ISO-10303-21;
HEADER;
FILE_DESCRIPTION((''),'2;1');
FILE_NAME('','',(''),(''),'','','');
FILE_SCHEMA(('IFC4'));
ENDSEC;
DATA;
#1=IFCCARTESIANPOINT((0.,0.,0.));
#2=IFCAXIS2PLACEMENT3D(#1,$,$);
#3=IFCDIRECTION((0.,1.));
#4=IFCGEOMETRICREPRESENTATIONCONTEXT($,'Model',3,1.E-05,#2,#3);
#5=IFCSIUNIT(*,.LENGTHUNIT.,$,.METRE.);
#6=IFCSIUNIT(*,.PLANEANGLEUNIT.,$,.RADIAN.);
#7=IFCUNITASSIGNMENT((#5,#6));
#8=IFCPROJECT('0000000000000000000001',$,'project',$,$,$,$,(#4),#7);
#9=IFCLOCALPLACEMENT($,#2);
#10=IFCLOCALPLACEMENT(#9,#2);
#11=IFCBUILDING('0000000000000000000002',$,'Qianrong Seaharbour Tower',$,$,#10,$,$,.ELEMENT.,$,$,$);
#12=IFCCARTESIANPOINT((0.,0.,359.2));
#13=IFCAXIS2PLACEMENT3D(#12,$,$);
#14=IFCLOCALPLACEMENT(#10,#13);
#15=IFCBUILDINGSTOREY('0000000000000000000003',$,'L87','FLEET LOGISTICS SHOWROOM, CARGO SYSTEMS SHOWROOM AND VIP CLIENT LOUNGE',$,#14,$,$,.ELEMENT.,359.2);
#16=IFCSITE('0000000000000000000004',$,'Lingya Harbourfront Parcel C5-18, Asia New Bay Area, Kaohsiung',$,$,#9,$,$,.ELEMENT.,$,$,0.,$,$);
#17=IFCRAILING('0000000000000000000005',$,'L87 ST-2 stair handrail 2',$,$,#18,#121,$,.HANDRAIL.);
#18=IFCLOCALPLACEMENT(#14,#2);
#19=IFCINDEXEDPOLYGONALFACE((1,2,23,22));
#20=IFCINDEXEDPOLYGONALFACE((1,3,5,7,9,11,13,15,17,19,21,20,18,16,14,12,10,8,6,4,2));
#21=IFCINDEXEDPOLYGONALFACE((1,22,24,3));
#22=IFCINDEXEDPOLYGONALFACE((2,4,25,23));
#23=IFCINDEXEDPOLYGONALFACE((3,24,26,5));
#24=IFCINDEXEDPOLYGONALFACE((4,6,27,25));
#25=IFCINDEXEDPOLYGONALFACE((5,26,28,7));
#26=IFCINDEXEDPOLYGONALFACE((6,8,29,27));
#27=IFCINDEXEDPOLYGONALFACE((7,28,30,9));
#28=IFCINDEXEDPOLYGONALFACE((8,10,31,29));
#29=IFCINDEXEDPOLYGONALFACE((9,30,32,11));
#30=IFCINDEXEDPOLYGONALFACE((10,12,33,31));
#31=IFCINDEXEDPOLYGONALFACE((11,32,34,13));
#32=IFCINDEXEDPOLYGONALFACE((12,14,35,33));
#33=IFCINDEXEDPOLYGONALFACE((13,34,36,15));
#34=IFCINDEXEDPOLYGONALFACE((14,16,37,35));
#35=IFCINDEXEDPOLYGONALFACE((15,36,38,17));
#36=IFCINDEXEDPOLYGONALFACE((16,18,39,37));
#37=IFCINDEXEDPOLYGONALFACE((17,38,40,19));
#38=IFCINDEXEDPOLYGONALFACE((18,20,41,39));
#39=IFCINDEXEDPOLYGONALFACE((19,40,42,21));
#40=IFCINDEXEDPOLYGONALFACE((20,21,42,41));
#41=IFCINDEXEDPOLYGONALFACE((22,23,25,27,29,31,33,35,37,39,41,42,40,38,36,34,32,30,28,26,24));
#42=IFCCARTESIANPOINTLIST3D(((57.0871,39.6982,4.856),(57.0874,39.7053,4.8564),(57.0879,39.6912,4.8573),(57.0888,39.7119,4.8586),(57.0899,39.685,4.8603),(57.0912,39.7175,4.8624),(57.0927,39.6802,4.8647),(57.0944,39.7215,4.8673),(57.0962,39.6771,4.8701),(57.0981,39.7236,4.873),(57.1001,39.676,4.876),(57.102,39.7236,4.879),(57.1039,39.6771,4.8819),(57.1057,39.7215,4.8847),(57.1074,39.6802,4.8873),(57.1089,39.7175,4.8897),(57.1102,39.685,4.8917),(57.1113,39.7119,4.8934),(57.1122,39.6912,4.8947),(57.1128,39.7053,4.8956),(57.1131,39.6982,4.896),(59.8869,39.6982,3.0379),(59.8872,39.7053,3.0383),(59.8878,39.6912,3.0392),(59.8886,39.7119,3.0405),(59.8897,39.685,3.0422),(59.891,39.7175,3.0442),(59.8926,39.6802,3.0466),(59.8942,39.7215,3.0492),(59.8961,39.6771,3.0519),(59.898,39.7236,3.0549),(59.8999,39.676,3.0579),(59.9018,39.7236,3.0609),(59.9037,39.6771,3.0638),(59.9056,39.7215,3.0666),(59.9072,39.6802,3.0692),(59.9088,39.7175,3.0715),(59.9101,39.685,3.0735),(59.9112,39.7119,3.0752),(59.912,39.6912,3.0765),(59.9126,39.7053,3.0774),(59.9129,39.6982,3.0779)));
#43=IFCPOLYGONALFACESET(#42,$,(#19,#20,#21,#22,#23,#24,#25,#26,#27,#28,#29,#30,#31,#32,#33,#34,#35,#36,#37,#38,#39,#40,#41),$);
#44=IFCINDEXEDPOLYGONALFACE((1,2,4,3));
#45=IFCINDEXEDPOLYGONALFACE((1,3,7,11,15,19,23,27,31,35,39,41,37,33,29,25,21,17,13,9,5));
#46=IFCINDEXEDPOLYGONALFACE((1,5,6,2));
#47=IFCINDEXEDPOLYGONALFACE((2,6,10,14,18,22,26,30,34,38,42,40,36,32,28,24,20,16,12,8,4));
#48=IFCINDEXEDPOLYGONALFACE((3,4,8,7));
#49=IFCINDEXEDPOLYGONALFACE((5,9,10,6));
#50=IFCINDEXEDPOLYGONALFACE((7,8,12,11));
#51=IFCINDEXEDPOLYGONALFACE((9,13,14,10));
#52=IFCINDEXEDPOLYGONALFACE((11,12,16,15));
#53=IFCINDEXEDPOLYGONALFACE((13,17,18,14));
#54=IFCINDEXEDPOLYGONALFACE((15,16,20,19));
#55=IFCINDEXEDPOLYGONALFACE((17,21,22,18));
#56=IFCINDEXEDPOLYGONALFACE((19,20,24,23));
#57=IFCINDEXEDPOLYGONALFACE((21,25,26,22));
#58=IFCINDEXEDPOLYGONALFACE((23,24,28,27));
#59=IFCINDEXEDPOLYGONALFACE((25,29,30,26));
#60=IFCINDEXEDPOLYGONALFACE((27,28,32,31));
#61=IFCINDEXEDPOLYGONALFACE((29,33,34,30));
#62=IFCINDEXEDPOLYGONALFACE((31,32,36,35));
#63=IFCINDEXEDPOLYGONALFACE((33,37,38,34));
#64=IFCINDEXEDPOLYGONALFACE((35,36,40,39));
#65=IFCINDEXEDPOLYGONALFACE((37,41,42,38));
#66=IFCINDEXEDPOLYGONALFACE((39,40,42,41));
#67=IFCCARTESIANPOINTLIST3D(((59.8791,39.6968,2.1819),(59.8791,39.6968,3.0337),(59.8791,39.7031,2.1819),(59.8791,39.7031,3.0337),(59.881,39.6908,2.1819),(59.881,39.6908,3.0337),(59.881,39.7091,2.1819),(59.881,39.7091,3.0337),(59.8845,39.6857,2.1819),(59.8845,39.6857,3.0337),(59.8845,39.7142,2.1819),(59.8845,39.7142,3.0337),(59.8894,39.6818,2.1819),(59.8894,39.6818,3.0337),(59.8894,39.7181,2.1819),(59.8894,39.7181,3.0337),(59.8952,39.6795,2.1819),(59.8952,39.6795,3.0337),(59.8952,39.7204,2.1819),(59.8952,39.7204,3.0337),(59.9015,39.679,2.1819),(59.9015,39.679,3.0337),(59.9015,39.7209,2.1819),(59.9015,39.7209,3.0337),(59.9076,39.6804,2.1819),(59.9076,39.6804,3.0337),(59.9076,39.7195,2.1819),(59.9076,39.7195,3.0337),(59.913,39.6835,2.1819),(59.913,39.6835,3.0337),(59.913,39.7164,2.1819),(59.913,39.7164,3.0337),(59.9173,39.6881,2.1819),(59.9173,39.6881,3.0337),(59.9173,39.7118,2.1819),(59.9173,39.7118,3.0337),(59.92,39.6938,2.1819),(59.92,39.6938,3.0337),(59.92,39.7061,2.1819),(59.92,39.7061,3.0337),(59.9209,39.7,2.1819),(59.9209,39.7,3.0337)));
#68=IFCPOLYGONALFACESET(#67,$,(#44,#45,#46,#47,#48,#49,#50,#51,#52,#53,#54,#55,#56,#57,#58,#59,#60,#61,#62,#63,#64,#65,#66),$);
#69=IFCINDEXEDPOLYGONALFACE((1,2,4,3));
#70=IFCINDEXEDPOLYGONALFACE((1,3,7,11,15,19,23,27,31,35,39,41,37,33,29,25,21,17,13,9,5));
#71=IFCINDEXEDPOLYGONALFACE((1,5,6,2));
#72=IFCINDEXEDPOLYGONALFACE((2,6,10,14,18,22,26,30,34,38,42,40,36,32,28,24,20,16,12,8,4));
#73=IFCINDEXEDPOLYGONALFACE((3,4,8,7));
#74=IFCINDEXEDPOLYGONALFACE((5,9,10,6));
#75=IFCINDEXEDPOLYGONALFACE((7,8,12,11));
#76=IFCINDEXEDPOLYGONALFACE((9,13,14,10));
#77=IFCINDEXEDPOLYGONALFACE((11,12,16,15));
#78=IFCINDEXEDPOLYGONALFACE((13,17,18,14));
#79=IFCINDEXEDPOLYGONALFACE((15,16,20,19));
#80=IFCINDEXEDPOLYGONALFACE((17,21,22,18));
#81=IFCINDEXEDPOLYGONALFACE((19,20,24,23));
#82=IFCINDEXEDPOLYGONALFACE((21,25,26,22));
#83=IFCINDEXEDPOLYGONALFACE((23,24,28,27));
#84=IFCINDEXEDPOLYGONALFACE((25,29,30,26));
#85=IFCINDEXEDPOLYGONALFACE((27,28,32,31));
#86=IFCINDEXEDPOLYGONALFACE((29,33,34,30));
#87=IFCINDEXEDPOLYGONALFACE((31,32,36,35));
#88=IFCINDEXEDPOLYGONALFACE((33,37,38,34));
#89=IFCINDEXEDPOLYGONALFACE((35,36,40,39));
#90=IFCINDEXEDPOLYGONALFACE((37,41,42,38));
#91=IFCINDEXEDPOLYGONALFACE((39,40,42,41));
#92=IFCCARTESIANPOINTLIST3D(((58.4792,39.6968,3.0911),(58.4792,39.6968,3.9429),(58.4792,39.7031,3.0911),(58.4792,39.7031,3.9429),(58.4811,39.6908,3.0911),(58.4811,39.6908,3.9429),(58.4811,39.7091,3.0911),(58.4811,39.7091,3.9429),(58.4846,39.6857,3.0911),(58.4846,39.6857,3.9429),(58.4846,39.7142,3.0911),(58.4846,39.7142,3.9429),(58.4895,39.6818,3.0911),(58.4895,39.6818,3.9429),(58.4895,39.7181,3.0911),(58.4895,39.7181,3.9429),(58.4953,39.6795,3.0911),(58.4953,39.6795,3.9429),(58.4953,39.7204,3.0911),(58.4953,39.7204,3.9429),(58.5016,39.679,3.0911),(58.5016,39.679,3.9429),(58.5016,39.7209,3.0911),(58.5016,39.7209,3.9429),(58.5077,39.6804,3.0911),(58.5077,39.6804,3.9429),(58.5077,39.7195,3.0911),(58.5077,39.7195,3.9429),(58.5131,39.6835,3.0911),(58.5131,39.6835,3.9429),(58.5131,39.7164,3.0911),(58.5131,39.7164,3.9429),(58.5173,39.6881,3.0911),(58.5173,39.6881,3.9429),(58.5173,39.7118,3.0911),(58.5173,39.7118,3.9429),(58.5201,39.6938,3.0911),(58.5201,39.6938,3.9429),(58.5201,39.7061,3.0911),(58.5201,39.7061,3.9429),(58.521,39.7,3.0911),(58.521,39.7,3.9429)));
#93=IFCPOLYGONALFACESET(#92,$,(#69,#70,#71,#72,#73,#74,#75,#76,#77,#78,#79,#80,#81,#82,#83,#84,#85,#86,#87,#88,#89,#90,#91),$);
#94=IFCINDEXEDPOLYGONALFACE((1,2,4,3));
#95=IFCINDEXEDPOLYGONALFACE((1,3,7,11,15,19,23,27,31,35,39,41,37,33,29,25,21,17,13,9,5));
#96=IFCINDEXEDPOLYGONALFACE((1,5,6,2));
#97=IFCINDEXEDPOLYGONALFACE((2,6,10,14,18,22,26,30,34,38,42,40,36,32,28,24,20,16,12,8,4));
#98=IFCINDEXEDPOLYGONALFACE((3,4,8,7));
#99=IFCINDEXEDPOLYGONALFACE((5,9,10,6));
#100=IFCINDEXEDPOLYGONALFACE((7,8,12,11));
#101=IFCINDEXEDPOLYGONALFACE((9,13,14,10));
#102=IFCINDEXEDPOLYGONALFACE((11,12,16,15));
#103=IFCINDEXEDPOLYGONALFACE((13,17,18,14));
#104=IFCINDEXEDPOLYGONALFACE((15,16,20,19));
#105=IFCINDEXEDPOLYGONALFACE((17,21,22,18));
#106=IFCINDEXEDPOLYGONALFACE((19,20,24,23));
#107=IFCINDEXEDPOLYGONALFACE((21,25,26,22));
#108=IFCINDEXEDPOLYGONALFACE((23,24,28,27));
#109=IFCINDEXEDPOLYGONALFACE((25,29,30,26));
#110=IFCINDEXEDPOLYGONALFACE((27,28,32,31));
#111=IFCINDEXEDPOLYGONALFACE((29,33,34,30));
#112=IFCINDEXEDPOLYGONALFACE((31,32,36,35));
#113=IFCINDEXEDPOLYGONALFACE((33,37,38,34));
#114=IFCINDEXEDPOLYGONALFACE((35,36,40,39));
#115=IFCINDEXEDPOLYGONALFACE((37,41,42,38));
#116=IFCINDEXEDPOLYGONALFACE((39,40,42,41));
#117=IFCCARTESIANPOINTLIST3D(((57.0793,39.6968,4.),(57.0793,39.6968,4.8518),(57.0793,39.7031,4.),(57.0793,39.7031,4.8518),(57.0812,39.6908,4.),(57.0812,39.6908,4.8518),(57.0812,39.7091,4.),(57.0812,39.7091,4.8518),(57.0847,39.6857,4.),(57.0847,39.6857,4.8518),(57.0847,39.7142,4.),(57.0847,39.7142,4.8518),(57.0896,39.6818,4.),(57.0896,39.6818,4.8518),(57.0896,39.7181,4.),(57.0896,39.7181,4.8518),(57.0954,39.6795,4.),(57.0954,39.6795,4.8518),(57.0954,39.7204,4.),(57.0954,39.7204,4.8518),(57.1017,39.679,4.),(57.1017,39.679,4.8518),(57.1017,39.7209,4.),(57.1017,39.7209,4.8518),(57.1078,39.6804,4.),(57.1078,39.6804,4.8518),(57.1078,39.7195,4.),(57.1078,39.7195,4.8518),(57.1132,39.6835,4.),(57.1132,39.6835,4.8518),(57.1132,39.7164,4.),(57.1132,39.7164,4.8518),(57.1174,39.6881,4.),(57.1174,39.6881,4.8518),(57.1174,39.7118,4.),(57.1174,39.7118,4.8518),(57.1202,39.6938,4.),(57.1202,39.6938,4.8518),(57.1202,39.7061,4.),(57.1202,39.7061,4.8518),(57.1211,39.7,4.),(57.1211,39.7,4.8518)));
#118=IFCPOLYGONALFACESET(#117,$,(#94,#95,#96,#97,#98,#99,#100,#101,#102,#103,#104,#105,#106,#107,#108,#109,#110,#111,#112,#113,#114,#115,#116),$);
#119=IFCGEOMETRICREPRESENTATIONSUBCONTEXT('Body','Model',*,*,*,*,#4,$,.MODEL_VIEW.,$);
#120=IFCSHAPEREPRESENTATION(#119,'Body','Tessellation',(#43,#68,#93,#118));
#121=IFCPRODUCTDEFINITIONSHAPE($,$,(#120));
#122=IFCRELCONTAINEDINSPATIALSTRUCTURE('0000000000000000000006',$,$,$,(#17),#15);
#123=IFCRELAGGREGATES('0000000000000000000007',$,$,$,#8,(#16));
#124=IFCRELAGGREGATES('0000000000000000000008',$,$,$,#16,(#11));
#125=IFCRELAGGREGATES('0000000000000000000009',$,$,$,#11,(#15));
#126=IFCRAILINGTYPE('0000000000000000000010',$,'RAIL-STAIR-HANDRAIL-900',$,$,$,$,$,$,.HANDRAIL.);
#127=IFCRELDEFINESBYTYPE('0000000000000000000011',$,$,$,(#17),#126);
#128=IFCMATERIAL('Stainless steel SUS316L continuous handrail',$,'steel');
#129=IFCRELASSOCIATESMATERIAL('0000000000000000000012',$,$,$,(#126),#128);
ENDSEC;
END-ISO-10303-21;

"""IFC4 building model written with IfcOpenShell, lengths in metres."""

from ifc_helpers import new_model, si_unit, direction, frame, origin, origin_2d, place, context, subcontext, project, spatial, circle, extrude, material, type_object, element, save


model = new_model("IFC4")

# Units and contexts
model_context = context("Model", 3, precision=1e-05, world=origin(), true_north=direction((0.0, 1.0)))
body_context = subcontext(model_context, "Body", "Model", "MODEL_VIEW")
ifc_project = project(units=[si_unit("LENGTHUNIT", "METRE"), si_unit("PLANEANGLEUNIT", "RADIAN")], contexts=[model_context])

# Site, building, storey
site_placement = place(None, origin())
site = spatial("IfcSite", under=ifc_project, at=site_placement, Name="Lingya Harbourfront Parcel C5-18, Asia New Bay Area, Kaohsiung", CompositionType="ELEMENT", RefElevation=0.0)
building_placement = place(site_placement, origin())
building = spatial("IfcBuilding", under=site, at=building_placement, Name="Qianrong Seaharbour Tower", CompositionType="ELEMENT")
storey_placement = place(building_placement, frame((0.0, 0.0, 359.2)))
storey = spatial("IfcBuildingStorey", under=building, at=storey_placement, Name="L87", Description="FLEET LOGISTICS SHOWROOM, CARGO SYSTEMS SHOWROOM AND VIP CLIENT LOUNGE", CompositionType="ELEMENT", Elevation=359.2)

# Railing
ifc_material_1 = material(Name="Stainless steel SUS316L continuous handrail", Category="steel")
railing_type_1 = type_object("IfcRailingType", Name="RAIL-STAIR-HANDRAIL-900", PredefinedType="HANDRAIL", material=ifc_material_1)
railing_1_placement = place(storey_placement, frame((59.8999, 39.7, 2.1819)))
element("IfcRailing", 1, at=railing_1_placement, inside=storey, type_object=railing_type_1, Name="L87 ST-2 stair handrail 2", PredefinedType="HANDRAIL", context=body_context, shape_type="SweptSolid", body=[
    extrude(circle(Radius=0.0239, at=origin_2d()), frame((0.0, 0.0, 0.876), z_axis=(-0.838684, 0.0, 0.544618), x_axis=(0.0, -1.0, 0.0)), (0.0, 0.0, 1.0), 3.3384),
    extrude(circle(Radius=0.021, at=origin_2d()), origin(), (0.0, 0.0, 1.0), 0.8518),
    extrude(circle(Radius=0.021, at=origin_2d()), frame((-1.3999, 0.0, 0.9092)), (0.0, 0.0, 1.0), 0.8518),
    extrude(circle(Radius=0.021, at=origin_2d()), frame((-2.7998, 0.0, 1.8181)), (0.0, 0.0, 1.0), 0.8518),
])

save(model, "model.ifc")
